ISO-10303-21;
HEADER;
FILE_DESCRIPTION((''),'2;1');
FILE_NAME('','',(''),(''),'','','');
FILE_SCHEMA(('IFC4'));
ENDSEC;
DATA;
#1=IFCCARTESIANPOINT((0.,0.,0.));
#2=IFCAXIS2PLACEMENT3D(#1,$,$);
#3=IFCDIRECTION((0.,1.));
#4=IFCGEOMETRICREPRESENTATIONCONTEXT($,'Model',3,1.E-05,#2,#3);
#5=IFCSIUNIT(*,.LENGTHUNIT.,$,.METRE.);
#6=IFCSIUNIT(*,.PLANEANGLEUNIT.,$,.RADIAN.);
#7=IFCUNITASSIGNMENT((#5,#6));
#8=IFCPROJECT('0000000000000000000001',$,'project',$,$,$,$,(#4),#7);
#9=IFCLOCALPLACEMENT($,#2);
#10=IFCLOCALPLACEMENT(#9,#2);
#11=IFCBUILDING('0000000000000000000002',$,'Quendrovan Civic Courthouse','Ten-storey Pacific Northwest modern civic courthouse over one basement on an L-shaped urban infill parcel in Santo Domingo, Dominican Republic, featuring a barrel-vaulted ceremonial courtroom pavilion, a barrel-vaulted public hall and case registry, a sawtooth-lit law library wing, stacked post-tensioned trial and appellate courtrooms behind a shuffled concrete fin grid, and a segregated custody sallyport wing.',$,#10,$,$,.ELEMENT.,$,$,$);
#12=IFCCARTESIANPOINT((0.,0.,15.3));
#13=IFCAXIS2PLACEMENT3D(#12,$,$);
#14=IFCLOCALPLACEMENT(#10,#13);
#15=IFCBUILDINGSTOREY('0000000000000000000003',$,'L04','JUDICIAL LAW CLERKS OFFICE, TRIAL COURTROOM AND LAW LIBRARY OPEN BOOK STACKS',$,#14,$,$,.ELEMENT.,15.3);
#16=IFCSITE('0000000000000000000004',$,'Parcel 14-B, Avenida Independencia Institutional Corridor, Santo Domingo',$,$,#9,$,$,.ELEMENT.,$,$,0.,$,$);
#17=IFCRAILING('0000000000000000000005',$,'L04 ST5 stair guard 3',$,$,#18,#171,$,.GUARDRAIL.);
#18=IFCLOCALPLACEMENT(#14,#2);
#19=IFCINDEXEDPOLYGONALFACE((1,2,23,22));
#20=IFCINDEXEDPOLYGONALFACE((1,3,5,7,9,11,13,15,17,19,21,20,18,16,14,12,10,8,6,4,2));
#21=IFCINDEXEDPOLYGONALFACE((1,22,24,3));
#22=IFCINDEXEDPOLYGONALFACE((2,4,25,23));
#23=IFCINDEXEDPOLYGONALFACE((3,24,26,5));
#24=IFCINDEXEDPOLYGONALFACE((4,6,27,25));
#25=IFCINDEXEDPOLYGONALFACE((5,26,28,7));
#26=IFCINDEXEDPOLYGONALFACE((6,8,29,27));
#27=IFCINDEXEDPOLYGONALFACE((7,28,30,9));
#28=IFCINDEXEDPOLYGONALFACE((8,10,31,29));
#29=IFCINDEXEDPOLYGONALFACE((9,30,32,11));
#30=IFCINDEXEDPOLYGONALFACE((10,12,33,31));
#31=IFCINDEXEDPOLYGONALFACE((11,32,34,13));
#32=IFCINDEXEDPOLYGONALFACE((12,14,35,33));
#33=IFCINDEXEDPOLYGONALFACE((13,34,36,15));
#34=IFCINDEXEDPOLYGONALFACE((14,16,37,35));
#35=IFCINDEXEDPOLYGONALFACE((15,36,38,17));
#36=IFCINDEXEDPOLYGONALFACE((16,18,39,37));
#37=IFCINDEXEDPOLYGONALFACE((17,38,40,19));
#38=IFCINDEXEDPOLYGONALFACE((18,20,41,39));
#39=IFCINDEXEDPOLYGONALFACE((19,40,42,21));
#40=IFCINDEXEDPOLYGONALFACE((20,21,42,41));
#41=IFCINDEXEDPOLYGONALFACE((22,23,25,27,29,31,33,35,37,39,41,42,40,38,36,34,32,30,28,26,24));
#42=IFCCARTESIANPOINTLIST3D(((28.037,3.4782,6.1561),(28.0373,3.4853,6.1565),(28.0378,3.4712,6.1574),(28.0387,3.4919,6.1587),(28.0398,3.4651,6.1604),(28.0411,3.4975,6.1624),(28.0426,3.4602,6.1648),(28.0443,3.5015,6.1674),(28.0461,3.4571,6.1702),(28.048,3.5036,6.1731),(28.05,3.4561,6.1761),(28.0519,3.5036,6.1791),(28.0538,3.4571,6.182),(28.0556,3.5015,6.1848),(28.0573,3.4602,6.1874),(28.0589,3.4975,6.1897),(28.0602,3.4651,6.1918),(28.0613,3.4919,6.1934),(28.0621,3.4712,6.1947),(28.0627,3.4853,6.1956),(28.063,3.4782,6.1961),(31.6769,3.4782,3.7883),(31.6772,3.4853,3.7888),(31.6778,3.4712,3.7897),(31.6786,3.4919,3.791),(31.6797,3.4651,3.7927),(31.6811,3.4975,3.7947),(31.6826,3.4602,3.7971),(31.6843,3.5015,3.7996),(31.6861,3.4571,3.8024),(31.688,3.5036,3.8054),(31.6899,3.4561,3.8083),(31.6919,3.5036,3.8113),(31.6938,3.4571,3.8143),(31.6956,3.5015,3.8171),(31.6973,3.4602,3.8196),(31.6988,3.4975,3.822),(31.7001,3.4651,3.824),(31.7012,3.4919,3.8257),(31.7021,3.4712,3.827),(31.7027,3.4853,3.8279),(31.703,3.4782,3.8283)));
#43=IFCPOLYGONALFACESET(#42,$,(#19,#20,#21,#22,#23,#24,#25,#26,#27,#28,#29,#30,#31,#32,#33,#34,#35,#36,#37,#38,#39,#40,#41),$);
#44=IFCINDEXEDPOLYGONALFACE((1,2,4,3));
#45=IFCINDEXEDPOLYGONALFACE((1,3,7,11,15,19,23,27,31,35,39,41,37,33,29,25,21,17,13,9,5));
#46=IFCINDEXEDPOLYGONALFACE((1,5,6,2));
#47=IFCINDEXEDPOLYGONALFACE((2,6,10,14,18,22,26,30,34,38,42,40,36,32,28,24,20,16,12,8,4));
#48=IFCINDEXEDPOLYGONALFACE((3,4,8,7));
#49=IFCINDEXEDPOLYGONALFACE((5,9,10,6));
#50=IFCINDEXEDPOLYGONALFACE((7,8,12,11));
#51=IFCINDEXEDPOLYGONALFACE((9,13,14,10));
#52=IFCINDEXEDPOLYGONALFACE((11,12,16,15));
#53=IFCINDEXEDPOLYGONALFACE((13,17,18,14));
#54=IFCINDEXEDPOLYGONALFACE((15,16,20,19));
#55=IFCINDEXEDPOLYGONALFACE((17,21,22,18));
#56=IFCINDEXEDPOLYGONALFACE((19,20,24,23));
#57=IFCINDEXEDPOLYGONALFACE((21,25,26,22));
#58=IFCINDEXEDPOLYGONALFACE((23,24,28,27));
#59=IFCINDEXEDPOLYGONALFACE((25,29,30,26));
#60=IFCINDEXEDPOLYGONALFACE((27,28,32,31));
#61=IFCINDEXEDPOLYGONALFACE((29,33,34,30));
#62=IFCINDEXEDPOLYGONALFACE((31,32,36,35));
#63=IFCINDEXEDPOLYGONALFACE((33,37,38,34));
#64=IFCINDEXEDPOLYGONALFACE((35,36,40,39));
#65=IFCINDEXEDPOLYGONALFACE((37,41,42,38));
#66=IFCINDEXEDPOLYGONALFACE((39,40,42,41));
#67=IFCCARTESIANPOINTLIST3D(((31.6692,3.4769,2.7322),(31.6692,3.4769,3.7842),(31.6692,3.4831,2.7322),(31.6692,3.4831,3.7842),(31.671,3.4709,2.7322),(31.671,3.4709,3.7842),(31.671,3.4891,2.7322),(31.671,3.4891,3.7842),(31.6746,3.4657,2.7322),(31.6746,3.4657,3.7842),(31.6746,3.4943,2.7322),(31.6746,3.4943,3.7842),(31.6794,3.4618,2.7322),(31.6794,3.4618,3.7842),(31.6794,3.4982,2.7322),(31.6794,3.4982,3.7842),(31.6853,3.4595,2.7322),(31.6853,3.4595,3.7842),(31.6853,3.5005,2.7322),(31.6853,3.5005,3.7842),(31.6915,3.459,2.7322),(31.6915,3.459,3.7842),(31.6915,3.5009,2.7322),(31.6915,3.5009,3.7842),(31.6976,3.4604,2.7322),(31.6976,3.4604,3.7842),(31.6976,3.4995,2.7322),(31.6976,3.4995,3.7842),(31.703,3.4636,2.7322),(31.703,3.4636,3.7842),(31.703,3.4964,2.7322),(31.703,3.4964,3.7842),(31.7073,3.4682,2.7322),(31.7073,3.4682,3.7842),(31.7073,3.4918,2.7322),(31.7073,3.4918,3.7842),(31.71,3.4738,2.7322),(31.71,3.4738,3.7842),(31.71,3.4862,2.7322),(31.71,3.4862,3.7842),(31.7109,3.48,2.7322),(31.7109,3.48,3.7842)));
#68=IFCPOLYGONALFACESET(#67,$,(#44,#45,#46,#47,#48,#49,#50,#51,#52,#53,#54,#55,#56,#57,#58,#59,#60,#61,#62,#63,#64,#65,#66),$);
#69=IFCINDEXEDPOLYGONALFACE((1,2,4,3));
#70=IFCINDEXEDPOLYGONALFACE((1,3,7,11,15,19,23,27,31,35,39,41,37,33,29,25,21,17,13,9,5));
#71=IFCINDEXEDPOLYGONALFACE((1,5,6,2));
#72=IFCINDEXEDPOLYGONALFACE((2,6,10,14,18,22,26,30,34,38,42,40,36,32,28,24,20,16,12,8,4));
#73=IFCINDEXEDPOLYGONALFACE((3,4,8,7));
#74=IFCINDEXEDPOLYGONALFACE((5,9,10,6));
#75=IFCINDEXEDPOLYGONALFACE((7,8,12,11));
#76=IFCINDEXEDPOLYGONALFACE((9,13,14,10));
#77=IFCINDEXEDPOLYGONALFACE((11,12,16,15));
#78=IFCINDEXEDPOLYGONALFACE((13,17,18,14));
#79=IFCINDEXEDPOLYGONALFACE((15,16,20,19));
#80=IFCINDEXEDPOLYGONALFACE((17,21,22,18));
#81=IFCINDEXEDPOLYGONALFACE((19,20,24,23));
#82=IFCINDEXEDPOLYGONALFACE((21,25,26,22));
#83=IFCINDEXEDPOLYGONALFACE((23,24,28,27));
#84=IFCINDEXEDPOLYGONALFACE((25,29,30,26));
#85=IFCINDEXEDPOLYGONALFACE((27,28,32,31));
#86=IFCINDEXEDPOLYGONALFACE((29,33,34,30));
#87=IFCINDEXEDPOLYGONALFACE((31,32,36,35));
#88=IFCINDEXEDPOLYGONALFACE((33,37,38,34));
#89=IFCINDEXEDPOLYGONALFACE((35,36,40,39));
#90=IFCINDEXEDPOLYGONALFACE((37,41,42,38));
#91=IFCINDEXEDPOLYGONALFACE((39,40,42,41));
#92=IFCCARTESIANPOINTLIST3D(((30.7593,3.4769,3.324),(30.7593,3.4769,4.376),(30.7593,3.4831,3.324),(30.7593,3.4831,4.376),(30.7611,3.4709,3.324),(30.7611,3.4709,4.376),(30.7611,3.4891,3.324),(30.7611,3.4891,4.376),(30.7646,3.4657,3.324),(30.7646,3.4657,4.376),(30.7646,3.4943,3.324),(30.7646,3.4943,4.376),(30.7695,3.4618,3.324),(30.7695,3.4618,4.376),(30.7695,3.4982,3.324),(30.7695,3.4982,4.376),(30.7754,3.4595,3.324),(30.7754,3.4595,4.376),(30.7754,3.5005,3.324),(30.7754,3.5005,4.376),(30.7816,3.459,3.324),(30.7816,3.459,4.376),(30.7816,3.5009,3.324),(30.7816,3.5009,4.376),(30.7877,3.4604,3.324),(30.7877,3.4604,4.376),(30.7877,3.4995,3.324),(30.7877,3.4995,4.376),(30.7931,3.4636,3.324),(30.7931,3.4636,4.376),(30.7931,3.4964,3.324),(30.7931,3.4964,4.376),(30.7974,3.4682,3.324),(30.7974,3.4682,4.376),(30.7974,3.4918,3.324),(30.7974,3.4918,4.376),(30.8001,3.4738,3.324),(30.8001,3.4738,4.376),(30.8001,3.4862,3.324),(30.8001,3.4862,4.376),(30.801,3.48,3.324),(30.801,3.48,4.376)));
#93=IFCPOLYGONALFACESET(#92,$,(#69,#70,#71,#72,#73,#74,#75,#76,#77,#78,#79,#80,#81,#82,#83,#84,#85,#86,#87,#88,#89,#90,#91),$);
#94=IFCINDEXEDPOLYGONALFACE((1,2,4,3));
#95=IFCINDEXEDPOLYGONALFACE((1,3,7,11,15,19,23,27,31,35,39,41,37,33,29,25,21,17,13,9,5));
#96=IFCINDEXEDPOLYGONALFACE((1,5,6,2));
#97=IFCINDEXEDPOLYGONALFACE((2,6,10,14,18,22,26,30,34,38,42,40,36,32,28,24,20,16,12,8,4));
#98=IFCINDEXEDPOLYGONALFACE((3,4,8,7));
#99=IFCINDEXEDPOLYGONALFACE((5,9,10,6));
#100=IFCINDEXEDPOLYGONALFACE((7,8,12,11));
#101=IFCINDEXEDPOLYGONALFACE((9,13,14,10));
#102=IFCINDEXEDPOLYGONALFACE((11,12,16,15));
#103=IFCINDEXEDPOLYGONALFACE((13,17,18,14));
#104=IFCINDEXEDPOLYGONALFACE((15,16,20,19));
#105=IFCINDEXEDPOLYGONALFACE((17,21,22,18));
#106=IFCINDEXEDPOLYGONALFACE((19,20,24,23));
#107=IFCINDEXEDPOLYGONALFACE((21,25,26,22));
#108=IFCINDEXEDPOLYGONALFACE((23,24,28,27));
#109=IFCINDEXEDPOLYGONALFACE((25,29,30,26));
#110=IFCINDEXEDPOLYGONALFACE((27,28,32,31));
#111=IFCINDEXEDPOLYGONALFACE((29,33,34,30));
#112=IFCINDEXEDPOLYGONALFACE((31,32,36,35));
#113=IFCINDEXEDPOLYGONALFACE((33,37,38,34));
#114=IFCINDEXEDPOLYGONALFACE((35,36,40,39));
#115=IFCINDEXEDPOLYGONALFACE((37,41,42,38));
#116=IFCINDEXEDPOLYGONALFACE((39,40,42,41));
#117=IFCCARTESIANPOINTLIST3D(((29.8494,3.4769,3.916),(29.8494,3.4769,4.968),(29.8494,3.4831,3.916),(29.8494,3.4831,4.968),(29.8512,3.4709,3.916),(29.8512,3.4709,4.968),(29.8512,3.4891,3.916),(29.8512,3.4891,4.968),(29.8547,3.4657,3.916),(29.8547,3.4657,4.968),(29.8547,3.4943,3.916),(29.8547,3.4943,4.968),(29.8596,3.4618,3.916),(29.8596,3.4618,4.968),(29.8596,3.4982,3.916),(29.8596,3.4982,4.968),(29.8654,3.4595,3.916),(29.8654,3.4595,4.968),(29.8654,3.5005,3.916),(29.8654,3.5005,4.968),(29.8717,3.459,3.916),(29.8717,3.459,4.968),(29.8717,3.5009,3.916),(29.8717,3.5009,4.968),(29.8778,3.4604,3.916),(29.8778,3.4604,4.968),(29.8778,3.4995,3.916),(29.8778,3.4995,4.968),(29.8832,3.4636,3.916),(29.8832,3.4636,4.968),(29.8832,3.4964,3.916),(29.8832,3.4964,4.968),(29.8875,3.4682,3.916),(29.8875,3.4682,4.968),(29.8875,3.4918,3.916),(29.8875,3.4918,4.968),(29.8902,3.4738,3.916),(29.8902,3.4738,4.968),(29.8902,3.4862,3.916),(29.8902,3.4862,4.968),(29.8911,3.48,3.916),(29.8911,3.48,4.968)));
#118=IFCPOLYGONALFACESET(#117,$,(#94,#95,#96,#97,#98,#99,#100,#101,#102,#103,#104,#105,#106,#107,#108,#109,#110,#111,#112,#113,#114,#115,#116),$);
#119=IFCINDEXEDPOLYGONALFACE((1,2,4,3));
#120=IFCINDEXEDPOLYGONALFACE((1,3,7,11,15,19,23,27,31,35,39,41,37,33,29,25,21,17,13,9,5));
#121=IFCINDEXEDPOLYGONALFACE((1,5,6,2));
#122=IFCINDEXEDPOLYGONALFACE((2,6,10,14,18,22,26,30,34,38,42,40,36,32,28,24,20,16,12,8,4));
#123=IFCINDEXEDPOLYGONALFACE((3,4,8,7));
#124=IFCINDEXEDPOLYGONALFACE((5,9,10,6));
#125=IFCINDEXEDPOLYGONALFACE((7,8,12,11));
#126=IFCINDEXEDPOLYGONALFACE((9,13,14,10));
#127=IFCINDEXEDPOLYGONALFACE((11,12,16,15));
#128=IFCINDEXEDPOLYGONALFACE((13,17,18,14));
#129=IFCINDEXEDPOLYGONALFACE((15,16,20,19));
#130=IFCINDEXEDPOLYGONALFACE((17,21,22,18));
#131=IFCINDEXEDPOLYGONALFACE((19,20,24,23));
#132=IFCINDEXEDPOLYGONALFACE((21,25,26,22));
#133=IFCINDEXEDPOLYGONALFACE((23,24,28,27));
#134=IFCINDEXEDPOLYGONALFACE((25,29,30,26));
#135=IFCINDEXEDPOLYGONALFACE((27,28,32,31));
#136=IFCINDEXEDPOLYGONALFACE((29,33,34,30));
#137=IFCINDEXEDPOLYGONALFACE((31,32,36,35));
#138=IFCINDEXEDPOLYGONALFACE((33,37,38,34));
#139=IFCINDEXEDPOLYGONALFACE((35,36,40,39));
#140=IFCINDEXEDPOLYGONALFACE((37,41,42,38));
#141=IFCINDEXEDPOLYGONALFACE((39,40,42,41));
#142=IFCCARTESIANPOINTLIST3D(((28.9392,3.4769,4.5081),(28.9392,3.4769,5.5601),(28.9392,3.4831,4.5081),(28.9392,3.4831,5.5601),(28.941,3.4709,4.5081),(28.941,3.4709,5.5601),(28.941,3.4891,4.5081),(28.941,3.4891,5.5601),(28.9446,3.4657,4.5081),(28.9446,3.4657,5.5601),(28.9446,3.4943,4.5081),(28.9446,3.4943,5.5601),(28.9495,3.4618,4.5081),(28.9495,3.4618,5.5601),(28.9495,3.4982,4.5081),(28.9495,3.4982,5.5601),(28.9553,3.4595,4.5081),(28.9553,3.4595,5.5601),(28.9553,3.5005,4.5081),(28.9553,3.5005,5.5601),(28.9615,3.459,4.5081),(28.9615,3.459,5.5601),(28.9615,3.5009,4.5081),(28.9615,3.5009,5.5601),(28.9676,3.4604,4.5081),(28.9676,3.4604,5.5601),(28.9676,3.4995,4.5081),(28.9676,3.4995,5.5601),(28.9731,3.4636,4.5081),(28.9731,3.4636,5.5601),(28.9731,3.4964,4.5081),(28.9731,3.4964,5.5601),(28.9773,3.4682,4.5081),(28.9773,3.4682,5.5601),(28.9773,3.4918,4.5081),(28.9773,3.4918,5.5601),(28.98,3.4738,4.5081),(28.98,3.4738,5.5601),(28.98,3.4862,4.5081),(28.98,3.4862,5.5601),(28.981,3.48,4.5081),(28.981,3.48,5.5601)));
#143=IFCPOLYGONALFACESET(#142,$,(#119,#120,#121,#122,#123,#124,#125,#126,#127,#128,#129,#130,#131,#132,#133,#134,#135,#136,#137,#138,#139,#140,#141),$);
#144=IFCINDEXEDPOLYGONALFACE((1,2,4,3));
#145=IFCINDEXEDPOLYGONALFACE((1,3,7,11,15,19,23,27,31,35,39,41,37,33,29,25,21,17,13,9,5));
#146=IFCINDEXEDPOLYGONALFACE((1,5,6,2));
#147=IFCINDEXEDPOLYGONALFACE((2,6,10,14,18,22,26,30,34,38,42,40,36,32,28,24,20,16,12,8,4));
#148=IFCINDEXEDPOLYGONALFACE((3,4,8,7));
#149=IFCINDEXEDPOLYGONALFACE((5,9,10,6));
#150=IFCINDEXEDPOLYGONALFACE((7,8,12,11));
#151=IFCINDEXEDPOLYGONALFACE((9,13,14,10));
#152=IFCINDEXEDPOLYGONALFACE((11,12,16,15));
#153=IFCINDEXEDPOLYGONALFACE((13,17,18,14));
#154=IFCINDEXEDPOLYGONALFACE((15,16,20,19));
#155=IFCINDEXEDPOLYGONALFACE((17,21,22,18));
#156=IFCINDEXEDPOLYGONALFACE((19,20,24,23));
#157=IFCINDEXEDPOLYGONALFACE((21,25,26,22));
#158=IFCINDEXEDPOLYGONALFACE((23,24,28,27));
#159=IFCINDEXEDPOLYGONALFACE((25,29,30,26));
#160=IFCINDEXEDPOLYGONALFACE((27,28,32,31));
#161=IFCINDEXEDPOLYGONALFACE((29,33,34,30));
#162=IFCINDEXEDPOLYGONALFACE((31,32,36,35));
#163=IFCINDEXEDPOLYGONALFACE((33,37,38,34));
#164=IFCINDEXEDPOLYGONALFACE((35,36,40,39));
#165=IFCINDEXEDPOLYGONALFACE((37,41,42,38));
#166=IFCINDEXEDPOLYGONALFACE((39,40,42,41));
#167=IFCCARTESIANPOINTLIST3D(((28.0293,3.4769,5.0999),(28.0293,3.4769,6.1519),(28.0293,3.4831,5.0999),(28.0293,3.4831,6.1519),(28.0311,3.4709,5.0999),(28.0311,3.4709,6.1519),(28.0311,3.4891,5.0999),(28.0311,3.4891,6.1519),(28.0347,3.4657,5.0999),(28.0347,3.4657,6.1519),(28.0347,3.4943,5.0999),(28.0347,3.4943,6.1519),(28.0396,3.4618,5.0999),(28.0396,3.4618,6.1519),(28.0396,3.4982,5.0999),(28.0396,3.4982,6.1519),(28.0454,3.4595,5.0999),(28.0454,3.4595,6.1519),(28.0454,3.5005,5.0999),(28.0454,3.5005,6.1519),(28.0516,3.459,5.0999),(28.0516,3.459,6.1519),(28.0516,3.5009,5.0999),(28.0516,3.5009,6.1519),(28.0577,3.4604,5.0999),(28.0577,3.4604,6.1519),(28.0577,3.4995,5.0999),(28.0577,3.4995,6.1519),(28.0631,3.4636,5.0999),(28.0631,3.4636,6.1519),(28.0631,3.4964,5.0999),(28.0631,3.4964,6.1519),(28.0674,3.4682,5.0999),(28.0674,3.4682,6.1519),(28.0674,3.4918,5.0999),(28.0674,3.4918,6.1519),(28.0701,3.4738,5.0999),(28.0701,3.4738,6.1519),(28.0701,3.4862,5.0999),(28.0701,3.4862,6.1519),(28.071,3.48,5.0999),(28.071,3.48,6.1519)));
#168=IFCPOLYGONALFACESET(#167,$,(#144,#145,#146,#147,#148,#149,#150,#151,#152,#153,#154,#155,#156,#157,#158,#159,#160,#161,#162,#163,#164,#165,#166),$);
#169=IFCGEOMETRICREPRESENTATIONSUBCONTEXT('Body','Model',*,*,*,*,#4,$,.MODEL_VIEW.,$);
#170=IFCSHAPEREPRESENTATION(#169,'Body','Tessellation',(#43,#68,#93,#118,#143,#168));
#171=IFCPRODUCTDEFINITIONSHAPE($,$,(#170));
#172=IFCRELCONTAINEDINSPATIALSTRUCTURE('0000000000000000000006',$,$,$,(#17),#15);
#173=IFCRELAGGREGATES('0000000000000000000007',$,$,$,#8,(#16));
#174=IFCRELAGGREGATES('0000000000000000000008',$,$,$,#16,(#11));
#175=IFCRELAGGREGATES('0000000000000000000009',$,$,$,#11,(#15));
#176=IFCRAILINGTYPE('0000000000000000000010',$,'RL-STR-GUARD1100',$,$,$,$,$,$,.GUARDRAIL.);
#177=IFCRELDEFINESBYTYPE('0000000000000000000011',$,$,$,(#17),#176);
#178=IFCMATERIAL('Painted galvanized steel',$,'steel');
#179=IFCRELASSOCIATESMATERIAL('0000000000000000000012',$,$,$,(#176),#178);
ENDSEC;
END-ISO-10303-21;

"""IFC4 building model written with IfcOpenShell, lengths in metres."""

from ifc_helpers import new_model, si_unit, direction, frame, origin, origin_2d, place, context, subcontext, project, spatial, circle, extrude, material, type_object, element, save


model = new_model("IFC4")

# Units and contexts
model_context = context("Model", 3, precision=1e-05, world=origin(), true_north=direction((0.0, 1.0)))
body_context = subcontext(model_context, "Body", "Model", "MODEL_VIEW")
ifc_project = project(units=[si_unit("LENGTHUNIT", "METRE"), si_unit("PLANEANGLEUNIT", "RADIAN")], contexts=[model_context])

# Site, building, storey
site_placement = place(None, origin())
site = spatial("IfcSite", under=ifc_project, at=site_placement, Name="Parcel 14-B, Avenida Independencia Institutional Corridor, Santo Domingo", CompositionType="ELEMENT", RefElevation=0.0)
building_placement = place(site_placement, origin())
building = spatial("IfcBuilding", under=site, at=building_placement, Name="Quendrovan Civic Courthouse", Description="Ten-storey Pacific Northwest modern civic courthouse over one basement on an L-shaped urban infill parcel in Santo Domingo, Dominican Republic, featuring a barrel-vaulted ceremonial courtroom pavilion, a barrel-vaulted public hall and case registry, a sawtooth-lit law library wing, stacked post-tensioned trial and appellate courtrooms behind a shuffled concrete fin grid, and a segregated custody sallyport wing.", CompositionType="ELEMENT")
storey_placement = place(building_placement, frame((0.0, 0.0, 15.3)))
storey = spatial("IfcBuildingStorey", under=building, at=storey_placement, Name="L04", Description="JUDICIAL LAW CLERKS OFFICE, TRIAL COURTROOM AND LAW LIBRARY OPEN BOOK STACKS", CompositionType="ELEMENT", Elevation=15.3)

# Railing
ifc_material_1 = material(Name="Painted galvanized steel", Category="steel")
railing_type_1 = type_object("IfcRailingType", Name="RL-STR-GUARD1100", PredefinedType="GUARDRAIL", material=ifc_material_1)
railing_1_placement = place(storey_placement, frame((31.6899, 3.48, 2.7322)))
element("IfcRailing", 1, at=railing_1_placement, inside=storey, type_object=railing_type_1, Name="L04 ST5 stair guard 3", PredefinedType="GUARDRAIL", context=body_context, shape_type="SweptSolid", body=[
    extrude(circle(Radius=0.0239, at=origin_2d()), frame((0.0, 0.0, 1.0762), z_axis=(-0.83826, 0.0, 0.545271), x_axis=(0.0, -1.0, 0.0)), (0.0, 0.0, 1.0), 4.3423),
    extrude(circle(Radius=0.021, at=origin_2d()), origin(), (0.0, 0.0, 1.0), 1.052),
    extrude(circle(Radius=0.021, at=origin_2d()), frame((-0.9099, 0.0, 0.5918)), (0.0, 0.0, 1.0), 1.052),
    extrude(circle(Radius=0.021, at=origin_2d()), frame((-1.8198, 0.0, 1.1838)), (0.0, 0.0, 1.0), 1.052),
    extrude(circle(Radius=0.021, at=origin_2d()), frame((-2.73, 0.0, 1.7759)), (0.0, 0.0, 1.0), 1.052),
    extrude(circle(Radius=0.021, at=origin_2d()), frame((-3.6399, 0.0, 2.3677)), (0.0, 0.0, 1.0), 1.052),
])

save(model, "model.ifc")
